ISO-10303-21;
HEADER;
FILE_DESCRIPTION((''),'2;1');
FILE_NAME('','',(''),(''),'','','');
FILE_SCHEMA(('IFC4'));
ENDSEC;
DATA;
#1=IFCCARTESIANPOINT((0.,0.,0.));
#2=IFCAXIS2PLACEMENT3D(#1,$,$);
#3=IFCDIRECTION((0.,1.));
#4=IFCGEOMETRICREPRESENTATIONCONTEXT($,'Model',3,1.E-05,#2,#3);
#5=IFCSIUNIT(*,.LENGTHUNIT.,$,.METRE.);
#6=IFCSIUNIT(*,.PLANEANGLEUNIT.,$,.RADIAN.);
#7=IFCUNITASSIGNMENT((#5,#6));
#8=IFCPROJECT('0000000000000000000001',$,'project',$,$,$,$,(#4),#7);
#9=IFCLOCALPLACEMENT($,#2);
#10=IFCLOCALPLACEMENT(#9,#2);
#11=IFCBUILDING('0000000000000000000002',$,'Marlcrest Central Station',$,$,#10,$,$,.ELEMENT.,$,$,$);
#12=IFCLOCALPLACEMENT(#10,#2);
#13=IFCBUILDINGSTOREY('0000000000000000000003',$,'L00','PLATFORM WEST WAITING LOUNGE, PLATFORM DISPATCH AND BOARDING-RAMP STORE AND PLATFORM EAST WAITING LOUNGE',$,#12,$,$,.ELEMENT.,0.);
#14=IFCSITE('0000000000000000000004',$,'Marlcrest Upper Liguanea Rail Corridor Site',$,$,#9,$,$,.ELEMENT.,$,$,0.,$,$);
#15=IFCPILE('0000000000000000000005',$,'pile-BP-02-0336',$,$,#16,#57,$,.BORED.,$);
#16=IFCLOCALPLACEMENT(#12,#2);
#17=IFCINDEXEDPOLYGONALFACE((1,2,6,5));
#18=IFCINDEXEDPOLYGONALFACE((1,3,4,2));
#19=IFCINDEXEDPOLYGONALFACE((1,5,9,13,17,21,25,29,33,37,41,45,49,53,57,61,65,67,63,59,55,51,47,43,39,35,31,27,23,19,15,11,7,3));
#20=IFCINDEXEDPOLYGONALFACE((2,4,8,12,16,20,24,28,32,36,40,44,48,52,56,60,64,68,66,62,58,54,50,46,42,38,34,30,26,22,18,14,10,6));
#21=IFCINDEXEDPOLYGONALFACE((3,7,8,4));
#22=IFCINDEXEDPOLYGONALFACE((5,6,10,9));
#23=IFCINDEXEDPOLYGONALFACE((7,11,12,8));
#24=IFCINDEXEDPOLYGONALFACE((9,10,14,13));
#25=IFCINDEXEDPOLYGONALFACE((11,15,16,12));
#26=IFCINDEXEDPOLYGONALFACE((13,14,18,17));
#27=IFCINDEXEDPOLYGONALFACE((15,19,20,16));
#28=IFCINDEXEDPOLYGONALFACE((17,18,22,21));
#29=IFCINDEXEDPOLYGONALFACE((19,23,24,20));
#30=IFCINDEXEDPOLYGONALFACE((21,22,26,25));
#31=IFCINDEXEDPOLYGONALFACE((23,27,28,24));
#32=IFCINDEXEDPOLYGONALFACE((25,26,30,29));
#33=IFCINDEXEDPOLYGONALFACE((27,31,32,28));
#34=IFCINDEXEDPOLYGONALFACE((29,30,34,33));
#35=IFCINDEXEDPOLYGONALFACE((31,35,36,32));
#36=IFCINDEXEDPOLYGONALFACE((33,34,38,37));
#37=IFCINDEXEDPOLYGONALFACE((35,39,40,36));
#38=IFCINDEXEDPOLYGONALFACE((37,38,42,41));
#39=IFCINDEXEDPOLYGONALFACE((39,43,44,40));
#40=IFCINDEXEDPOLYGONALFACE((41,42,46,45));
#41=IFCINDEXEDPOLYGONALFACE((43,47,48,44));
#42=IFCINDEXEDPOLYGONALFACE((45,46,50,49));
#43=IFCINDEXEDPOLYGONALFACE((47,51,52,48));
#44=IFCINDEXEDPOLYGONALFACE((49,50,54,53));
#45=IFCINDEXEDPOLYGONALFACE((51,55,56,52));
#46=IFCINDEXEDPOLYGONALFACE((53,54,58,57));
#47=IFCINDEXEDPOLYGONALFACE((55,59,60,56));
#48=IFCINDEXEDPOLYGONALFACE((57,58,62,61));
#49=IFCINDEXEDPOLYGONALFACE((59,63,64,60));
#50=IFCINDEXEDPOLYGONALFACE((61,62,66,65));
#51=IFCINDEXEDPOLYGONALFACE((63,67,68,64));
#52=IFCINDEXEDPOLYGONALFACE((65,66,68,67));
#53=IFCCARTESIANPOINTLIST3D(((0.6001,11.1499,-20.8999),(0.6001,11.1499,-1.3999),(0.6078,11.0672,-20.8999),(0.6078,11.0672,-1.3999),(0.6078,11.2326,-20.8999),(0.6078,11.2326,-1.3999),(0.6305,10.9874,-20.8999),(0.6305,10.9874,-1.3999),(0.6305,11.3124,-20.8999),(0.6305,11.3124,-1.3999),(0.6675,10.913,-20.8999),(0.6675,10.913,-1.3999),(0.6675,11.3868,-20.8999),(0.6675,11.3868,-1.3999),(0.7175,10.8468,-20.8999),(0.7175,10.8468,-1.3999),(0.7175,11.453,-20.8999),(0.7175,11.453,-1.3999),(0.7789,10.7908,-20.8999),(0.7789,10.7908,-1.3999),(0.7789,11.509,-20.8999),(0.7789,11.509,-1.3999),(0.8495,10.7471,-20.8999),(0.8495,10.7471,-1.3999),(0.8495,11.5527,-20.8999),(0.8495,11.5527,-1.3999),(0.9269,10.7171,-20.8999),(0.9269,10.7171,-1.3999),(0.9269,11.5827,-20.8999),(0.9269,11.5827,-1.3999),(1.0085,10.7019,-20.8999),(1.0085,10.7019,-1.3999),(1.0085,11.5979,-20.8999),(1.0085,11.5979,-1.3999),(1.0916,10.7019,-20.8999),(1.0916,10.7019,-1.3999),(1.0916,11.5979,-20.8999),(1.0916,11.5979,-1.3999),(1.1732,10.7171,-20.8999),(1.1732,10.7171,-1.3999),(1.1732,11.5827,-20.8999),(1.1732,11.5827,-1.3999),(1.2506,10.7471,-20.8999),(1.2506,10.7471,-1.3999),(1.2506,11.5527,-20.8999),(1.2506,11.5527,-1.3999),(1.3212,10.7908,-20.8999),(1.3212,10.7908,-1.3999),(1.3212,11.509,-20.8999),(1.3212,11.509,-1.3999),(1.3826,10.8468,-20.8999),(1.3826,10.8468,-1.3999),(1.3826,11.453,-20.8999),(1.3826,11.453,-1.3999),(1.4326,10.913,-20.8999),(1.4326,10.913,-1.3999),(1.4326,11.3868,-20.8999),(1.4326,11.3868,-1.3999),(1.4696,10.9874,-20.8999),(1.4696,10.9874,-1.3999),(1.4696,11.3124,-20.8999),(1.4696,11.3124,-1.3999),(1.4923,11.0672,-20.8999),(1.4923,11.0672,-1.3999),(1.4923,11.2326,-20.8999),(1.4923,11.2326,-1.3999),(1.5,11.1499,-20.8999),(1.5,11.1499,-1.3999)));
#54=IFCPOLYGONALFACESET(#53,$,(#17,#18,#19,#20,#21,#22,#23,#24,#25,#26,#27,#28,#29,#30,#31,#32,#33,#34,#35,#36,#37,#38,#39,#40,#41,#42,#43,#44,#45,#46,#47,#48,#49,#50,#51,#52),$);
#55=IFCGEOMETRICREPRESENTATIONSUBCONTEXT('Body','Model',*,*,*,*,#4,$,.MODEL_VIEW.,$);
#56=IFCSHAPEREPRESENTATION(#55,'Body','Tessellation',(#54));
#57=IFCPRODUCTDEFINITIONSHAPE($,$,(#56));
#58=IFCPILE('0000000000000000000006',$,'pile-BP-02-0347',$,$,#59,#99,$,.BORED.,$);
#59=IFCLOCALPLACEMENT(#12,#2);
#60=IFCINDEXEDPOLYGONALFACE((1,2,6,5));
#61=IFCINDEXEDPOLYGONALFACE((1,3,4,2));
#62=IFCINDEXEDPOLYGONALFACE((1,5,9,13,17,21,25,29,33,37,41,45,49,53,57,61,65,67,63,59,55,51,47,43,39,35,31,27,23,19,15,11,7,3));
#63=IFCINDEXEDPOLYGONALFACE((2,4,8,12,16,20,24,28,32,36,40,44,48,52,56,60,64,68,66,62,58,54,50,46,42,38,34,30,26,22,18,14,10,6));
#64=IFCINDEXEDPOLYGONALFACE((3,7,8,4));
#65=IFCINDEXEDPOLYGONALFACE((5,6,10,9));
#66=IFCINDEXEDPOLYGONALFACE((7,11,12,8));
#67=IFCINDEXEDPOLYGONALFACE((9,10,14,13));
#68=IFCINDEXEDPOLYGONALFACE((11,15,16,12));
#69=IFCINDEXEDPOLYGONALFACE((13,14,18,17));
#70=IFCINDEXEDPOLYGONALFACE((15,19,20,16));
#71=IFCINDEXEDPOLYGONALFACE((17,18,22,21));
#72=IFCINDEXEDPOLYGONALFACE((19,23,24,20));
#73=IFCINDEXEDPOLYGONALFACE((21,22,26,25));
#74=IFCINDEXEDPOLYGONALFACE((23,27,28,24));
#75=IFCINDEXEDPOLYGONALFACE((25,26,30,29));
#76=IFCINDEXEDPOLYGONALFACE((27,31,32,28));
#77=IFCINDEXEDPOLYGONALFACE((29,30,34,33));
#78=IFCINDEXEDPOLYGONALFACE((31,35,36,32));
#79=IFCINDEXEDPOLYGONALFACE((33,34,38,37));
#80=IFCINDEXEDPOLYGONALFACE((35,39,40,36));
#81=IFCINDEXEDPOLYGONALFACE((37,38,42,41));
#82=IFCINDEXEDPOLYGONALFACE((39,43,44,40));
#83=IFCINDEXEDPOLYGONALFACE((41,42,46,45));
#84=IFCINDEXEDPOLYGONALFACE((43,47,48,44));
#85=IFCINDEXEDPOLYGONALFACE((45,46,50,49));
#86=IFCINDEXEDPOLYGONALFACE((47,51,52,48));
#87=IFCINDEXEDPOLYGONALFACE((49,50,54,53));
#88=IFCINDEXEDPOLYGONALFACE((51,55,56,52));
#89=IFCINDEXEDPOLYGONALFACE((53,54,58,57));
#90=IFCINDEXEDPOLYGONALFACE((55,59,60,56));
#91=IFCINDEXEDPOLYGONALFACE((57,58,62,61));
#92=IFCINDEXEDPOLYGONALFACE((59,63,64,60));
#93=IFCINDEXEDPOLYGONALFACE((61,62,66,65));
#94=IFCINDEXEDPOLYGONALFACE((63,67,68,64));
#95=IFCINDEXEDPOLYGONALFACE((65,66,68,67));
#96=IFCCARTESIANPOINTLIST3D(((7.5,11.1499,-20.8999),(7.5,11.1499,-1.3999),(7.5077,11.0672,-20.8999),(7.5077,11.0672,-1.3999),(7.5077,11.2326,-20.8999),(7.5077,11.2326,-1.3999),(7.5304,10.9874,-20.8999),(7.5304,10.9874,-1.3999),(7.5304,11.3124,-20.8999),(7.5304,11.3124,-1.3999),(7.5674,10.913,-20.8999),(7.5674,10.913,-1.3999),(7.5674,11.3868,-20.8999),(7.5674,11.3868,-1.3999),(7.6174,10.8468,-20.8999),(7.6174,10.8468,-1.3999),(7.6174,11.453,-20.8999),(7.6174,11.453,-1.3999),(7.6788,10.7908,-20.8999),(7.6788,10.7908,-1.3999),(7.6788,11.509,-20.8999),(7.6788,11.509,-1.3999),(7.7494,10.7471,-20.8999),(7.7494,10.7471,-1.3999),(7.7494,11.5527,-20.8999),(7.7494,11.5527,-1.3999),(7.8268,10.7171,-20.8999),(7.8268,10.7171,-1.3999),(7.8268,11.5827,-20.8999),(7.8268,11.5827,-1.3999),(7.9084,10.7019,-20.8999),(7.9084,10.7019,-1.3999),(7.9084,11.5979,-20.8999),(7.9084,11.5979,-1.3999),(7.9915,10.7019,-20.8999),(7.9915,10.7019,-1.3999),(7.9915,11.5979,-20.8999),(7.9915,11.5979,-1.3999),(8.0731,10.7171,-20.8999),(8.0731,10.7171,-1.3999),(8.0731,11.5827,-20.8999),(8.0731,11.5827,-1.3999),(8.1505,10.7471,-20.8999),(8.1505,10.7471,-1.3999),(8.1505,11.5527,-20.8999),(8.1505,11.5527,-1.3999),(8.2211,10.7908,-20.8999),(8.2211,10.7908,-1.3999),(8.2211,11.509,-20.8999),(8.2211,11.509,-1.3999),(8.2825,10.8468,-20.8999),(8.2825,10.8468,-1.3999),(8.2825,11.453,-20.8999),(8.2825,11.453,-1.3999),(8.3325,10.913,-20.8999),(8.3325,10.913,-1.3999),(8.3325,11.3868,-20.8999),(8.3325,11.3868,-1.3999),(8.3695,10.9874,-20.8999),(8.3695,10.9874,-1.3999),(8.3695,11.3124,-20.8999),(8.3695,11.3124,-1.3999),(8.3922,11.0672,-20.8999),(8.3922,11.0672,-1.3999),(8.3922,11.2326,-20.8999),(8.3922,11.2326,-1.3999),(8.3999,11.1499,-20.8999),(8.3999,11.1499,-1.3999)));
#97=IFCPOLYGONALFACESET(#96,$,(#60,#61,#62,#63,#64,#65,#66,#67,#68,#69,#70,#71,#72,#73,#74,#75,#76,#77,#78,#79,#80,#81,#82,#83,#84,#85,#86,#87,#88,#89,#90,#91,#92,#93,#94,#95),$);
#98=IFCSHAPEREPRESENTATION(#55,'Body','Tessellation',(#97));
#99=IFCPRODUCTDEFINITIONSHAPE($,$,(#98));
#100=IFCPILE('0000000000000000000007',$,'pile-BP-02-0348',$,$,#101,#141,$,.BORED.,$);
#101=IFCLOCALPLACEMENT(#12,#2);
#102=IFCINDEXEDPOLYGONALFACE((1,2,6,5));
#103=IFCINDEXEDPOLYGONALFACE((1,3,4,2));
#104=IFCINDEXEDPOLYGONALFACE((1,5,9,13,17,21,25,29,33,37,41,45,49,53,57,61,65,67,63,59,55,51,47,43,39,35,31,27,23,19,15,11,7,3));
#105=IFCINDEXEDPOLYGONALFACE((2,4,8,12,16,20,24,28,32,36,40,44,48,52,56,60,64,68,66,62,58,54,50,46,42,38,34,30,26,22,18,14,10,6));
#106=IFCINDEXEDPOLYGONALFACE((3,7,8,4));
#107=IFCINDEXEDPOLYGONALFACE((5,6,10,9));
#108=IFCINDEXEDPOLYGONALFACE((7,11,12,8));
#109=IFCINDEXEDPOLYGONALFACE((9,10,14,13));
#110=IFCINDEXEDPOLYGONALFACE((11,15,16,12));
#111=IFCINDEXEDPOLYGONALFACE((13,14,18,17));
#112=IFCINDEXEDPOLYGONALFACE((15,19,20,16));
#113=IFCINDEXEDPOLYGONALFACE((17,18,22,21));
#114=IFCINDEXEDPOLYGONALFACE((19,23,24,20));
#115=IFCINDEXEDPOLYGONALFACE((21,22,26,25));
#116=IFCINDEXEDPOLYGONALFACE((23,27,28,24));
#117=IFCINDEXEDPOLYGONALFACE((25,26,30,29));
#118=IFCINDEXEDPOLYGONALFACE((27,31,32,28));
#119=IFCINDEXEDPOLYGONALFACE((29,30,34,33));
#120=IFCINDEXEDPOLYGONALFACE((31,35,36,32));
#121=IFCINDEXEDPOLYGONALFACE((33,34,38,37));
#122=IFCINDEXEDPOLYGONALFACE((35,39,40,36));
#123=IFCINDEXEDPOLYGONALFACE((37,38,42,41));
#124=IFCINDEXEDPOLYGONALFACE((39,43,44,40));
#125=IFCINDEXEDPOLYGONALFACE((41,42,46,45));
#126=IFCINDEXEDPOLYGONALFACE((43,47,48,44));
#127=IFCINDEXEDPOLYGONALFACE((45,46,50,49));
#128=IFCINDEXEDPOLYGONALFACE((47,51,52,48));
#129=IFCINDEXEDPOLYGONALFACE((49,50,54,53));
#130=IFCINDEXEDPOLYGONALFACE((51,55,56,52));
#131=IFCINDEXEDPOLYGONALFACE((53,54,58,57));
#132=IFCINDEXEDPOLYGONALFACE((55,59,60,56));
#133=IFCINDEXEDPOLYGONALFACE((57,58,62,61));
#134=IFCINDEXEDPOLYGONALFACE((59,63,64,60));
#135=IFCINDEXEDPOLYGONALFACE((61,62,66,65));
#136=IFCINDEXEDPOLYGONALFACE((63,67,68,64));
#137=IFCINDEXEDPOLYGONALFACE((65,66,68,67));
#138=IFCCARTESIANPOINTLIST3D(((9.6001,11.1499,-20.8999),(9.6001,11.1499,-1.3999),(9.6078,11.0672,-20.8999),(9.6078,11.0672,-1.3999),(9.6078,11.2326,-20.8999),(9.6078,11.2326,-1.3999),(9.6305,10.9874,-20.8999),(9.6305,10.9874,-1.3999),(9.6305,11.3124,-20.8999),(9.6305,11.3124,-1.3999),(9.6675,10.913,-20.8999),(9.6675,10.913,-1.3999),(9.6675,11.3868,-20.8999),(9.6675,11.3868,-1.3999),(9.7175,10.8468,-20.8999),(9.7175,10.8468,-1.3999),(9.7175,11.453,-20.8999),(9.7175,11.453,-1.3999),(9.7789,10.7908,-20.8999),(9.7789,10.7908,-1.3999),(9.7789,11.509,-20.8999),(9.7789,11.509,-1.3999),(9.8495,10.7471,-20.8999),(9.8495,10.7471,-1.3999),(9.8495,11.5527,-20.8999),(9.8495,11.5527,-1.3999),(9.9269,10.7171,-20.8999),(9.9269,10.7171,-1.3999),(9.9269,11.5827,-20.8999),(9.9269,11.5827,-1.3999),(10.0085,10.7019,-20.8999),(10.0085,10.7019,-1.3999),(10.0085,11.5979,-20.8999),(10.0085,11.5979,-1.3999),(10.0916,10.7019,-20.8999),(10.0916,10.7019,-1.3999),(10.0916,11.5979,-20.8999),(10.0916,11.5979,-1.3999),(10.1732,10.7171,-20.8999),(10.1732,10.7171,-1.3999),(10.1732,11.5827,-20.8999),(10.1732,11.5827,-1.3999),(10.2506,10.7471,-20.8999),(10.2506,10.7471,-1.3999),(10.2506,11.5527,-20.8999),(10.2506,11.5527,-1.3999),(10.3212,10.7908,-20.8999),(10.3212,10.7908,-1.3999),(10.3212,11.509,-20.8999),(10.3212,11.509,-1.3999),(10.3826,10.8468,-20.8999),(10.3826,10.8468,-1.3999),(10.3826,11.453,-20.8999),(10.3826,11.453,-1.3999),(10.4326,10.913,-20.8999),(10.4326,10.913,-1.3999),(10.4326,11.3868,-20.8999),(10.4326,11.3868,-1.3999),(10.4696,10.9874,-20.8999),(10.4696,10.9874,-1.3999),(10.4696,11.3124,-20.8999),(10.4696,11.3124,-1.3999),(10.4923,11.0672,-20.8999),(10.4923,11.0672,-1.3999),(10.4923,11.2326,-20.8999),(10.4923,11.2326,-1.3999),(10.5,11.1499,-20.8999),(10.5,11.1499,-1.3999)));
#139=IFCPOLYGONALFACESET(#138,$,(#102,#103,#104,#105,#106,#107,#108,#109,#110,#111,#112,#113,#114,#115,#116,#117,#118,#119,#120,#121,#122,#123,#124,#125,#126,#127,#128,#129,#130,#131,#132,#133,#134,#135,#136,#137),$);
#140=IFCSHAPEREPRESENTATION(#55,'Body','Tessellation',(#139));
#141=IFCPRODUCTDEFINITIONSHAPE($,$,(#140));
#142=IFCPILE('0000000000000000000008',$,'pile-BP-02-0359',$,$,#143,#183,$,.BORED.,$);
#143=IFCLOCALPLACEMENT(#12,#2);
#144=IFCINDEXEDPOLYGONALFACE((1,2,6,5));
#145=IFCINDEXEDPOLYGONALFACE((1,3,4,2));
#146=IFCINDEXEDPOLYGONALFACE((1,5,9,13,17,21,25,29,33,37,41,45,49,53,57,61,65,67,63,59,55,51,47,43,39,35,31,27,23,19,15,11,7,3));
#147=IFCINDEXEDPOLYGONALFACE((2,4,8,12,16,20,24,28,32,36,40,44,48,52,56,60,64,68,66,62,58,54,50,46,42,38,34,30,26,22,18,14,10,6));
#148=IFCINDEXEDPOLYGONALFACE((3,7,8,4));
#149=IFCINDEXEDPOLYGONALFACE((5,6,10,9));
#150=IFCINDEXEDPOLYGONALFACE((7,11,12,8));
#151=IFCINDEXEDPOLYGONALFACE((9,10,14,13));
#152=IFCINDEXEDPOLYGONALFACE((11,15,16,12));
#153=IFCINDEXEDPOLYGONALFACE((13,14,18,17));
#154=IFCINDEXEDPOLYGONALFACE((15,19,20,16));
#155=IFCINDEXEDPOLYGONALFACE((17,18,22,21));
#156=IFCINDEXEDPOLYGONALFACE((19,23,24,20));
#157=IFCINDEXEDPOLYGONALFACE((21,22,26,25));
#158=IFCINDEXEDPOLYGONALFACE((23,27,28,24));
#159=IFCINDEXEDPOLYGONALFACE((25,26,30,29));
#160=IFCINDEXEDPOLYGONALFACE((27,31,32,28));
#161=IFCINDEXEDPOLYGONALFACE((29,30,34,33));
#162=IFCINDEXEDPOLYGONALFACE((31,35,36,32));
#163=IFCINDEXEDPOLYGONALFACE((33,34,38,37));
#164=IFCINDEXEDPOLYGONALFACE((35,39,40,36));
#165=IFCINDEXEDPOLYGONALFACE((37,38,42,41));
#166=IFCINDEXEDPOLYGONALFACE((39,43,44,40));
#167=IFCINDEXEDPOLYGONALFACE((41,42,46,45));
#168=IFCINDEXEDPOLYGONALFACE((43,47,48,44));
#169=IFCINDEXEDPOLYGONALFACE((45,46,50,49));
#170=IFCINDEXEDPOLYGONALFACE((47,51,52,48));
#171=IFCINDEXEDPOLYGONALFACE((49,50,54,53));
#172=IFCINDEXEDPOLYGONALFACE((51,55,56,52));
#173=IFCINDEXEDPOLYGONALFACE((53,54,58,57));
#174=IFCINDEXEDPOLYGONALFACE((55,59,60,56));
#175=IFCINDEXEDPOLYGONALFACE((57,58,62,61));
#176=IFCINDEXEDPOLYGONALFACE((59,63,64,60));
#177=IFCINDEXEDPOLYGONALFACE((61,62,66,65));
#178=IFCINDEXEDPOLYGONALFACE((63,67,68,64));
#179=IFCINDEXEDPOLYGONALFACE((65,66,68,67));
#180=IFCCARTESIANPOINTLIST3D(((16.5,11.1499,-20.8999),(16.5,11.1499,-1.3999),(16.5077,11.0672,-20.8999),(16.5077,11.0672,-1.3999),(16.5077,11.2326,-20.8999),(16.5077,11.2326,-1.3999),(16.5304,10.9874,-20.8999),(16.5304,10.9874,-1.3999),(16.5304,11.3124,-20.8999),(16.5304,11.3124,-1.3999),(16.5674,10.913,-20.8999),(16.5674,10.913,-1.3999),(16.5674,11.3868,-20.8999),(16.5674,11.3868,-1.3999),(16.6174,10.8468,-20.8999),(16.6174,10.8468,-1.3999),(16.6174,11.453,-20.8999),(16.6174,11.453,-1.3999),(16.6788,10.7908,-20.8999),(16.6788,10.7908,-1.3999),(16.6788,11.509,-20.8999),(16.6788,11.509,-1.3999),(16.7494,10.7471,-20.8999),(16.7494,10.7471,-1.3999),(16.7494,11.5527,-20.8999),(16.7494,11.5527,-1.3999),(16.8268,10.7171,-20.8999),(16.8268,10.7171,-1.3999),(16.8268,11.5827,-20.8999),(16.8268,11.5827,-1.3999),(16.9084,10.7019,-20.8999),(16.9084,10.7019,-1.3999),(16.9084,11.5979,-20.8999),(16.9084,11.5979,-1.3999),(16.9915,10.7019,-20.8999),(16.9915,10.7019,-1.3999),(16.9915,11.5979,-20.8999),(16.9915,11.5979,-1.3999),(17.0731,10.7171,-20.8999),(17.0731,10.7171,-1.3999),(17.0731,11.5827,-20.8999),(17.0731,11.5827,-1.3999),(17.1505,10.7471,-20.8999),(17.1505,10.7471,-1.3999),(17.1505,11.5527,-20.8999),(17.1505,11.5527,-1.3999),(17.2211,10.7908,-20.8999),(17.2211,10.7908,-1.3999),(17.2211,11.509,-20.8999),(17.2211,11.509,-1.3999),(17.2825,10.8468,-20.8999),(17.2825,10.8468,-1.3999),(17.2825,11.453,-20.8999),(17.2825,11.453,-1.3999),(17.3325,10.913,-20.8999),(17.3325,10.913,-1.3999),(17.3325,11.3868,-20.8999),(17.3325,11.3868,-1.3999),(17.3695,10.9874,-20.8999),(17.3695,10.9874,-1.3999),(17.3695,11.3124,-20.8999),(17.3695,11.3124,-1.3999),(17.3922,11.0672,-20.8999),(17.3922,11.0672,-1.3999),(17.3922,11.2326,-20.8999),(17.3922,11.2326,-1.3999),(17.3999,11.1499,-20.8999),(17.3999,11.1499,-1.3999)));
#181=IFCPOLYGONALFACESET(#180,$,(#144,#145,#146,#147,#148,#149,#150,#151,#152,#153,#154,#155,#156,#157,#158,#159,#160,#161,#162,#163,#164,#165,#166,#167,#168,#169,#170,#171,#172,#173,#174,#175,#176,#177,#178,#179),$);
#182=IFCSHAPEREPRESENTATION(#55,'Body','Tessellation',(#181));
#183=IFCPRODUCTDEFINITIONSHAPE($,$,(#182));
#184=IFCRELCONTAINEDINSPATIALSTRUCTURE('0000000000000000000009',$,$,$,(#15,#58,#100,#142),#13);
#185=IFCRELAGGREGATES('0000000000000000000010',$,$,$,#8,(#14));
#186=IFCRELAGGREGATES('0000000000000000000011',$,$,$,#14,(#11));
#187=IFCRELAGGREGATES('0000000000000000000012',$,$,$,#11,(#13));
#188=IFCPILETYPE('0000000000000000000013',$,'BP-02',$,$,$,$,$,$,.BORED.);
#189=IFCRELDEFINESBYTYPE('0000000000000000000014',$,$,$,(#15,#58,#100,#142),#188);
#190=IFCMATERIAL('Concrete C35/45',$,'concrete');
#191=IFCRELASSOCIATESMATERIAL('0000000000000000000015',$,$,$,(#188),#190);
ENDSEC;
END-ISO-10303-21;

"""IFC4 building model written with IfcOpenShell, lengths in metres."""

from ifc_helpers import new_model, si_unit, direction, frame, origin, origin_2d, place, context, subcontext, project, spatial, circle, extrude, material, material_profile, profile_set, type_object, element, save


model = new_model("IFC4")

# Units and contexts
model_context = context("Model", 3, precision=1e-05, world=origin(), true_north=direction((0.0, 1.0)))
body_context = subcontext(model_context, "Body", "Model", "MODEL_VIEW")
ifc_project = project(units=[si_unit("LENGTHUNIT", "METRE"), si_unit("PLANEANGLEUNIT", "RADIAN")], contexts=[model_context])

# Site, building, storey
site_placement = place(None, origin())
site = spatial("IfcSite", under=ifc_project, at=site_placement, Name="Marlcrest Upper Liguanea Rail Corridor Site", CompositionType="ELEMENT", RefElevation=0.0)
building_placement = place(site_placement, origin())
building = spatial("IfcBuilding", under=site, at=building_placement, Name="Marlcrest Central Station", CompositionType="ELEMENT")
storey_placement = place(building_placement, origin())
storey = spatial("IfcBuildingStorey", under=building, at=storey_placement, Name="L00", Description="PLATFORM WEST WAITING LOUNGE, PLATFORM DISPATCH AND BOARDING-RAMP STORE AND PLATFORM EAST WAITING LOUNGE", CompositionType="ELEMENT", Elevation=0.0)

# Piles
ifc_material_1 = material(Name="Concrete C35/45", Category="concrete")
ifc_material_profile_1 = material_profile(ifc_material_1, circle(Radius=0.45, at=origin_2d()), Name="PILE D900")
ifc_profile_set_1 = profile_set([ifc_material_profile_1], Name="Concrete C35/45")
pile_type = type_object("IfcPileType", Name="BP-02", PredefinedType="BORED", material=ifc_profile_set_1)
for number, where, z_axis, x_axis, name in (
    (1, (1.05, 11.1499, -1.3999), (0.0, 0.0, -1.0), (1.0, 0.0, 0.0), "pile-BP-02-0336"),
    (2, (7.95, 11.1499, -1.3999), (0.0, 0.0, -1.0), (1.0, 0.0, 0.0), "pile-BP-02-0347"),
    (3, (10.05, 11.1499, -1.3999), (0.0, 0.0, -1.0), (1.0, 0.0, 0.0), "pile-BP-02-0348"),
    (4, (16.95, 11.1499, -1.3999), (0.0, 0.0, -1.0), (1.0, 0.0, 0.0), "pile-BP-02-0359"),
):
    element("IfcPile", number, at=place(storey_placement, frame(where, z_axis=z_axis, x_axis=x_axis)), inside=storey, type_object=pile_type, Name=name, PredefinedType="BORED", context=body_context, shape_type="SweptSolid", body=[
        extrude(circle(Radius=0.45, at=origin_2d()), origin(), (0.0, 0.0, 1.0), 19.5),
    ])

save(model, "model.ifc")
